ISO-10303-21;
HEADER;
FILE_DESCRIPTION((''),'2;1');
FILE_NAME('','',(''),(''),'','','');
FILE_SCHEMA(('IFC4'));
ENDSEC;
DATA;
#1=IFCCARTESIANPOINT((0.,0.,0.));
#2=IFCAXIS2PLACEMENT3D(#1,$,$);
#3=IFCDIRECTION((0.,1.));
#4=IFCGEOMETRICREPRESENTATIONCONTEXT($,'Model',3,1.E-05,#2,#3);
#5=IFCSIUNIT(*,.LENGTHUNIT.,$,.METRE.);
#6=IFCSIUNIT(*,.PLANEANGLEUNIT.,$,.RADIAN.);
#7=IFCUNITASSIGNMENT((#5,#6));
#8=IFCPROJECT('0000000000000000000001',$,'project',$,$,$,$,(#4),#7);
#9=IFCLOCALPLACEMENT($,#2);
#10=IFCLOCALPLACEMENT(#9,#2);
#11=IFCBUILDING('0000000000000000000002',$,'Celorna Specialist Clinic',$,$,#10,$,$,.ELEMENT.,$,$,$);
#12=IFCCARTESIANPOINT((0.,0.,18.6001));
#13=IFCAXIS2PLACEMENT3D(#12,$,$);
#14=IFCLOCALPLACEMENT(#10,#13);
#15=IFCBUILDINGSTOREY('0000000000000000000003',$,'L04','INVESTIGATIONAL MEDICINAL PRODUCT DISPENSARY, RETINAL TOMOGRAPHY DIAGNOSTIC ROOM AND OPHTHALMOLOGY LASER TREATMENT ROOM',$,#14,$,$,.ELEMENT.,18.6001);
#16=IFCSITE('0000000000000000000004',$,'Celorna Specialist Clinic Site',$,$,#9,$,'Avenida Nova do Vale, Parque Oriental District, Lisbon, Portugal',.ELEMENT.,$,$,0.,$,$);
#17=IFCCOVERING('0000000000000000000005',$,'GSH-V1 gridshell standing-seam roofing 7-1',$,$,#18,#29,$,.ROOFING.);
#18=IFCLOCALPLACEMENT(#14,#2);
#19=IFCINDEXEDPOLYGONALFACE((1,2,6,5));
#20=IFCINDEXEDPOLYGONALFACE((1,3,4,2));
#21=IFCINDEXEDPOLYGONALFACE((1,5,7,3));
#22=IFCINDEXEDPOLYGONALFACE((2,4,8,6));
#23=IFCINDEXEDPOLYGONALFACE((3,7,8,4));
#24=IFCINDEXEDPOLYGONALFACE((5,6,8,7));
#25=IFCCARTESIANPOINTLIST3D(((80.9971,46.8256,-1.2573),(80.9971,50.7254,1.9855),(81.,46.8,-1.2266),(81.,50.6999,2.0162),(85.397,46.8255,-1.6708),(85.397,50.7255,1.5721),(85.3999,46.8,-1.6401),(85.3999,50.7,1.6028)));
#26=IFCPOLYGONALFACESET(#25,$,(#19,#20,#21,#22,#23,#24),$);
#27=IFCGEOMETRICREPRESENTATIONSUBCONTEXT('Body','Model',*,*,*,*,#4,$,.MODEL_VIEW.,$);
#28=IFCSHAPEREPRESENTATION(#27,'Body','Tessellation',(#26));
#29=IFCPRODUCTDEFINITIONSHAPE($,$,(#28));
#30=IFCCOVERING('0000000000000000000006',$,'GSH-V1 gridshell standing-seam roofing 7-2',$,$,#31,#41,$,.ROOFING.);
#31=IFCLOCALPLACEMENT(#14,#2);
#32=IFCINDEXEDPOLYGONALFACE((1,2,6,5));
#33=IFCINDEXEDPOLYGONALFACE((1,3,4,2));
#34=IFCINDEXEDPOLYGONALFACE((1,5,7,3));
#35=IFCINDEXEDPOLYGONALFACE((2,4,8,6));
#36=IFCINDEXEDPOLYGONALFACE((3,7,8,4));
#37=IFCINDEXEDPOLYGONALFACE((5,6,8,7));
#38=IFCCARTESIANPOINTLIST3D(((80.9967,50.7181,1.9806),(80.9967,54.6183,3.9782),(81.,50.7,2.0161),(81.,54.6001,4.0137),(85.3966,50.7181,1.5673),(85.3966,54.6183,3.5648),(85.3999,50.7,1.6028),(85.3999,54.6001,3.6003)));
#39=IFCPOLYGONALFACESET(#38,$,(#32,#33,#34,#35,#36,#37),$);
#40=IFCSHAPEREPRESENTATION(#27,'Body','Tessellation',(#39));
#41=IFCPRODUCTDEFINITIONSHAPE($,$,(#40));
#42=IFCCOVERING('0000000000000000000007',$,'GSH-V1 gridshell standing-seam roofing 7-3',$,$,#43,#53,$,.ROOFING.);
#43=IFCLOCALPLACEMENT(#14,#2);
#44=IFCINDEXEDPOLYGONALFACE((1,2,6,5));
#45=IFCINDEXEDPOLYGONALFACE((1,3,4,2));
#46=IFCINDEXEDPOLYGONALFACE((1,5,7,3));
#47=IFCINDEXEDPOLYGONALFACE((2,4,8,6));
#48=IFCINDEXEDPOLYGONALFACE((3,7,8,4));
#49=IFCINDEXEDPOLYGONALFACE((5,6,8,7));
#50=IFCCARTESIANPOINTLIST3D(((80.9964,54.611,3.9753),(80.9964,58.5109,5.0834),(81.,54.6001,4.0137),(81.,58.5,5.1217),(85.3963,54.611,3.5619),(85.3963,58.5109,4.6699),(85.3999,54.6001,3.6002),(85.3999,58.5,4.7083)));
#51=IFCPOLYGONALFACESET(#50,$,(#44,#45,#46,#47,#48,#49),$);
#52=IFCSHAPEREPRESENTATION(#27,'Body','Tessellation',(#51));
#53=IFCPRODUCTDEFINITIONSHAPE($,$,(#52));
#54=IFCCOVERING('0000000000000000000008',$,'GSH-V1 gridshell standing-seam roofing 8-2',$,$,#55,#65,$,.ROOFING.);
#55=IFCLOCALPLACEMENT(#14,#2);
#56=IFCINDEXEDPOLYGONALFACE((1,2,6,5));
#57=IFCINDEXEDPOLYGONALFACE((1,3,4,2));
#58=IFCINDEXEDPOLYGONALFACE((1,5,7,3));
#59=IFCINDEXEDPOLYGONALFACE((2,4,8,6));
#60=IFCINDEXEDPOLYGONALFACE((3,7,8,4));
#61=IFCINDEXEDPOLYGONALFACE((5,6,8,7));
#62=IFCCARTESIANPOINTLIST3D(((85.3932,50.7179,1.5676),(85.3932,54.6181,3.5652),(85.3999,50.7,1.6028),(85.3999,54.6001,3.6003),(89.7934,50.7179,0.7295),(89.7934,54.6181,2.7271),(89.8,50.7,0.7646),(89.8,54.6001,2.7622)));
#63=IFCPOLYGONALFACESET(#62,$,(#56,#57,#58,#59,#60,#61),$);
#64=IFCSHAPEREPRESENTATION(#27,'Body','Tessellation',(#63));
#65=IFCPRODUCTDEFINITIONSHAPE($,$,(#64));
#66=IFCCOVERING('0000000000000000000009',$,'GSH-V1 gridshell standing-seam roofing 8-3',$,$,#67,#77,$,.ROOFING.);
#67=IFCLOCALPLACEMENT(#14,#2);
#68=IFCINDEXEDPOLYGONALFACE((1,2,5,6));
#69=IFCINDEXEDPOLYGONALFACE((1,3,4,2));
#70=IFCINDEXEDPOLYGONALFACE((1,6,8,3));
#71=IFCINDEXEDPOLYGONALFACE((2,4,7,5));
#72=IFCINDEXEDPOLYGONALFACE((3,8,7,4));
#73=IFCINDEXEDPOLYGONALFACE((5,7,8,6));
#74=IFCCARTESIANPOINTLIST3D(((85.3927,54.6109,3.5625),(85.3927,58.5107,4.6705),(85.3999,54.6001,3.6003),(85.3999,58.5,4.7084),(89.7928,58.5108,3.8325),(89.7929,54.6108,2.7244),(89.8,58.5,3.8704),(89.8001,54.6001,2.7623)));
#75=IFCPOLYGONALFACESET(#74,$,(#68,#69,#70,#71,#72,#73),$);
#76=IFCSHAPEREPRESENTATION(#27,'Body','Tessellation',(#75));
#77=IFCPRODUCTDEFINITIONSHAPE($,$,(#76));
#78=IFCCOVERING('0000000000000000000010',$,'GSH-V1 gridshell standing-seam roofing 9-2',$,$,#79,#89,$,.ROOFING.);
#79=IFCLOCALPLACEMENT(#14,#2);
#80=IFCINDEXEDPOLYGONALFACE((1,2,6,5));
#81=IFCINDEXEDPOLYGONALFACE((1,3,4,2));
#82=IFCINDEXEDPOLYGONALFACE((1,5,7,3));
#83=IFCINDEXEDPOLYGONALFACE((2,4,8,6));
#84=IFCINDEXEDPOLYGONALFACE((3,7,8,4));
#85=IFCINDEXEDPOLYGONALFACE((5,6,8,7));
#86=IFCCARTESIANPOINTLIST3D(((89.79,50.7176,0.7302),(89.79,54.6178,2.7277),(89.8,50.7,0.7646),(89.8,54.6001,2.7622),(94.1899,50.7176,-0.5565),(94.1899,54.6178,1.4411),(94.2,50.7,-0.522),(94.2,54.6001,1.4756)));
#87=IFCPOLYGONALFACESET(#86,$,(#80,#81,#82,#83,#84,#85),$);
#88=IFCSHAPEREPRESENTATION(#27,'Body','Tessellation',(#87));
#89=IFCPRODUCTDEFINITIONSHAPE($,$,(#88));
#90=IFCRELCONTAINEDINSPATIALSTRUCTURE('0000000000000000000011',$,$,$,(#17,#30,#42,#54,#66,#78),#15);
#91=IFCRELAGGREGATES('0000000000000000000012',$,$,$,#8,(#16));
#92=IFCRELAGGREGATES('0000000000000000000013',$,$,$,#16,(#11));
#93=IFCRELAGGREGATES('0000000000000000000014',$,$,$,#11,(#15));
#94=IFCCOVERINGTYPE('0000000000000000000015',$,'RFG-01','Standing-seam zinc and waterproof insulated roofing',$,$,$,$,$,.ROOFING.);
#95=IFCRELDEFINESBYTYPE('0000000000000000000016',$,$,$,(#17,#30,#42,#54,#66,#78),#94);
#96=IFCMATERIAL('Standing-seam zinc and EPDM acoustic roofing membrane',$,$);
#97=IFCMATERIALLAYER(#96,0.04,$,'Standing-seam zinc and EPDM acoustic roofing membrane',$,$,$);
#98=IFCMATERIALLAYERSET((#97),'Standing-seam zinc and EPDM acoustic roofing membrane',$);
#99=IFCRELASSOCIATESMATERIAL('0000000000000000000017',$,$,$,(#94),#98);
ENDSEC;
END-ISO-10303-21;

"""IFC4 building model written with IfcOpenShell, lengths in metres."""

from ifc_helpers import new_model, si_unit, direction, frame, origin, place, context, subcontext, project, spatial, polyline, outline, extrude, material, layer, layer_set, type_object, element, save


model = new_model("IFC4")

# Units and contexts
model_context = context("Model", 3, precision=1e-05, world=origin(), true_north=direction((0.0, 1.0)))
body_context = subcontext(model_context, "Body", "Model", "MODEL_VIEW")
ifc_project = project(units=[si_unit("LENGTHUNIT", "METRE"), si_unit("PLANEANGLEUNIT", "RADIAN")], contexts=[model_context])

# Site, building, storey
site_placement = place(None, origin())
site = spatial("IfcSite", under=ifc_project, at=site_placement, Name="Celorna Specialist Clinic Site", LongName="Avenida Nova do Vale, Parque Oriental District, Lisbon, Portugal", CompositionType="ELEMENT", RefElevation=0.0)
building_placement = place(site_placement, origin())
building = spatial("IfcBuilding", under=site, at=building_placement, Name="Celorna Specialist Clinic", CompositionType="ELEMENT")
storey_placement = place(building_placement, frame((0.0, 0.0, 18.6001)))
storey = spatial("IfcBuildingStorey", under=building, at=storey_placement, Name="L04", Description="INVESTIGATIONAL MEDICINAL PRODUCT DISPENSARY, RETINAL TOMOGRAPHY DIAGNOSTIC ROOM AND OPHTHALMOLOGY LASER TREATMENT ROOM", CompositionType="ELEMENT", Elevation=18.6001)

# Coverings
ifc_material_1 = material(Name="Standing-seam zinc and EPDM acoustic roofing membrane")
ifc_layer_1 = layer(ifc_material_1, 0.04, Name="Standing-seam zinc and EPDM acoustic roofing membrane")
ifc_layer_set_1 = layer_set([ifc_layer_1], Name="Standing-seam zinc and EPDM acoustic roofing membrane")
covering_type = type_object("IfcCoveringType", Name="RFG-01", Description="Standing-seam zinc and waterproof insulated roofing", PredefinedType="ROOFING", material=ifc_layer_set_1)
covering_1_placement = place(storey_placement, frame((81.0, 46.8, -1.2266), z_axis=(0.072066, -0.637693, 0.766912), x_axis=(0.995613, -0.000014, -0.093567)))
element("IfcCovering", 1, at=covering_1_placement, inside=storey, type_object=covering_type, Name="GSH-V1 gridshell standing-seam roofing 7-1", PredefinedType="ROOFING", context=body_context, shape_type="SweptSolid", body=[
    extrude(outline(polyline([(0.0, 0.0), (4.4193, 0.0), (4.1158, 5.063), (-0.3035, 5.0628), (0.0, 0.0)])), origin(), (0.0, 0.0, -1.0), 0.04),
])
covering_2_placement = place(storey_placement, frame((81.0, 50.7, 2.0161), z_axis=(0.083321, -0.454277, 0.886956), x_axis=(0.995617, 0.0, -0.093529)))
element("IfcCovering", 2, at=covering_2_placement, inside=storey, type_object=covering_type, Name="GSH-V1 gridshell standing-seam roofing 7-2", PredefinedType="ROOFING", context=body_context, shape_type="SweptSolid", body=[
    extrude(outline(polyline([(0.0, 0.0), (4.4193, 0.0), (4.2324, 4.378), (-0.1868, 4.378), (0.0, 0.0)])), origin(), (0.0, 0.0, -1.0), 0.04),
])
covering_3_placement = place(storey_placement, frame((81.0, 54.6001, 4.0137), z_axis=(0.090024, -0.272191, 0.958023), x_axis=(0.995614, 0.000007, -0.093554)))
element("IfcCovering", 3, at=covering_3_placement, inside=storey, type_object=covering_type, Name="GSH-V1 gridshell standing-seam roofing 7-3", PredefinedType="ROOFING", context=body_context, shape_type="SweptSolid", body=[
    extrude(outline(polyline([(0.0, 0.0), (4.4193, 0.0), (4.3157, 4.0529), (-0.1036, 4.053), (0.0, 0.0)])), origin(), (0.0, 0.0, -1.0), 0.04),
])
covering_4_placement = place(storey_placement, frame((85.3999, 50.7, 1.6028), z_axis=(0.167151, -0.449449, 0.877529), x_axis=(0.982338, 0.0, -0.187115)))
element("IfcCovering", 4, at=covering_4_placement, inside=storey, type_object=covering_type, Name="GSH-V1 gridshell standing-seam roofing 8-2", PredefinedType="ROOFING", context=body_context, shape_type="SweptSolid", body=[
    extrude(outline(polyline([(0.0, 0.0), (4.4793, 0.0), (4.1055, 4.366), (-0.3738, 4.366), (0.0, 0.0)])), origin(), (0.0, 0.0, -1.0), 0.04),
])
covering_5_placement = place(storey_placement, frame((85.3999, 54.6001, 3.6003), z_axis=(0.180201, -0.268827, 0.946182), x_axis=(0.982343, -0.000007, -0.18709)))
element("IfcCovering", 5, at=covering_5_placement, inside=storey, type_object=covering_type, Name="GSH-V1 gridshell standing-seam roofing 8-3", PredefinedType="ROOFING", context=body_context, shape_type="SweptSolid", body=[
    extrude(outline(polyline([(0.0, 0.0), (4.4793, 0.0), (4.2719, 4.049), (-0.2073, 4.0489), (0.0, 0.0)])), origin(), (0.0, 0.0, -1.0), 0.04),
])
covering_6_placement = place(storey_placement, frame((89.8, 50.7, 0.7646), z_axis=(0.251878, -0.441164, 0.861355), x_axis=(0.959805, 0.0, -0.280667)))
element("IfcCovering", 6, at=covering_6_placement, inside=storey, type_object=covering_type, Name="GSH-V1 gridshell standing-seam roofing 9-2", PredefinedType="ROOFING", context=body_context, shape_type="SweptSolid", body=[
    extrude(outline(polyline([(0.0, 0.0), (4.5842, 0.0), (4.0235, 4.3459), (-0.5606, 4.3459), (0.0, 0.0)])), origin(), (0.0, 0.0, -1.0), 0.04),
])

save(model, "model.ifc")
